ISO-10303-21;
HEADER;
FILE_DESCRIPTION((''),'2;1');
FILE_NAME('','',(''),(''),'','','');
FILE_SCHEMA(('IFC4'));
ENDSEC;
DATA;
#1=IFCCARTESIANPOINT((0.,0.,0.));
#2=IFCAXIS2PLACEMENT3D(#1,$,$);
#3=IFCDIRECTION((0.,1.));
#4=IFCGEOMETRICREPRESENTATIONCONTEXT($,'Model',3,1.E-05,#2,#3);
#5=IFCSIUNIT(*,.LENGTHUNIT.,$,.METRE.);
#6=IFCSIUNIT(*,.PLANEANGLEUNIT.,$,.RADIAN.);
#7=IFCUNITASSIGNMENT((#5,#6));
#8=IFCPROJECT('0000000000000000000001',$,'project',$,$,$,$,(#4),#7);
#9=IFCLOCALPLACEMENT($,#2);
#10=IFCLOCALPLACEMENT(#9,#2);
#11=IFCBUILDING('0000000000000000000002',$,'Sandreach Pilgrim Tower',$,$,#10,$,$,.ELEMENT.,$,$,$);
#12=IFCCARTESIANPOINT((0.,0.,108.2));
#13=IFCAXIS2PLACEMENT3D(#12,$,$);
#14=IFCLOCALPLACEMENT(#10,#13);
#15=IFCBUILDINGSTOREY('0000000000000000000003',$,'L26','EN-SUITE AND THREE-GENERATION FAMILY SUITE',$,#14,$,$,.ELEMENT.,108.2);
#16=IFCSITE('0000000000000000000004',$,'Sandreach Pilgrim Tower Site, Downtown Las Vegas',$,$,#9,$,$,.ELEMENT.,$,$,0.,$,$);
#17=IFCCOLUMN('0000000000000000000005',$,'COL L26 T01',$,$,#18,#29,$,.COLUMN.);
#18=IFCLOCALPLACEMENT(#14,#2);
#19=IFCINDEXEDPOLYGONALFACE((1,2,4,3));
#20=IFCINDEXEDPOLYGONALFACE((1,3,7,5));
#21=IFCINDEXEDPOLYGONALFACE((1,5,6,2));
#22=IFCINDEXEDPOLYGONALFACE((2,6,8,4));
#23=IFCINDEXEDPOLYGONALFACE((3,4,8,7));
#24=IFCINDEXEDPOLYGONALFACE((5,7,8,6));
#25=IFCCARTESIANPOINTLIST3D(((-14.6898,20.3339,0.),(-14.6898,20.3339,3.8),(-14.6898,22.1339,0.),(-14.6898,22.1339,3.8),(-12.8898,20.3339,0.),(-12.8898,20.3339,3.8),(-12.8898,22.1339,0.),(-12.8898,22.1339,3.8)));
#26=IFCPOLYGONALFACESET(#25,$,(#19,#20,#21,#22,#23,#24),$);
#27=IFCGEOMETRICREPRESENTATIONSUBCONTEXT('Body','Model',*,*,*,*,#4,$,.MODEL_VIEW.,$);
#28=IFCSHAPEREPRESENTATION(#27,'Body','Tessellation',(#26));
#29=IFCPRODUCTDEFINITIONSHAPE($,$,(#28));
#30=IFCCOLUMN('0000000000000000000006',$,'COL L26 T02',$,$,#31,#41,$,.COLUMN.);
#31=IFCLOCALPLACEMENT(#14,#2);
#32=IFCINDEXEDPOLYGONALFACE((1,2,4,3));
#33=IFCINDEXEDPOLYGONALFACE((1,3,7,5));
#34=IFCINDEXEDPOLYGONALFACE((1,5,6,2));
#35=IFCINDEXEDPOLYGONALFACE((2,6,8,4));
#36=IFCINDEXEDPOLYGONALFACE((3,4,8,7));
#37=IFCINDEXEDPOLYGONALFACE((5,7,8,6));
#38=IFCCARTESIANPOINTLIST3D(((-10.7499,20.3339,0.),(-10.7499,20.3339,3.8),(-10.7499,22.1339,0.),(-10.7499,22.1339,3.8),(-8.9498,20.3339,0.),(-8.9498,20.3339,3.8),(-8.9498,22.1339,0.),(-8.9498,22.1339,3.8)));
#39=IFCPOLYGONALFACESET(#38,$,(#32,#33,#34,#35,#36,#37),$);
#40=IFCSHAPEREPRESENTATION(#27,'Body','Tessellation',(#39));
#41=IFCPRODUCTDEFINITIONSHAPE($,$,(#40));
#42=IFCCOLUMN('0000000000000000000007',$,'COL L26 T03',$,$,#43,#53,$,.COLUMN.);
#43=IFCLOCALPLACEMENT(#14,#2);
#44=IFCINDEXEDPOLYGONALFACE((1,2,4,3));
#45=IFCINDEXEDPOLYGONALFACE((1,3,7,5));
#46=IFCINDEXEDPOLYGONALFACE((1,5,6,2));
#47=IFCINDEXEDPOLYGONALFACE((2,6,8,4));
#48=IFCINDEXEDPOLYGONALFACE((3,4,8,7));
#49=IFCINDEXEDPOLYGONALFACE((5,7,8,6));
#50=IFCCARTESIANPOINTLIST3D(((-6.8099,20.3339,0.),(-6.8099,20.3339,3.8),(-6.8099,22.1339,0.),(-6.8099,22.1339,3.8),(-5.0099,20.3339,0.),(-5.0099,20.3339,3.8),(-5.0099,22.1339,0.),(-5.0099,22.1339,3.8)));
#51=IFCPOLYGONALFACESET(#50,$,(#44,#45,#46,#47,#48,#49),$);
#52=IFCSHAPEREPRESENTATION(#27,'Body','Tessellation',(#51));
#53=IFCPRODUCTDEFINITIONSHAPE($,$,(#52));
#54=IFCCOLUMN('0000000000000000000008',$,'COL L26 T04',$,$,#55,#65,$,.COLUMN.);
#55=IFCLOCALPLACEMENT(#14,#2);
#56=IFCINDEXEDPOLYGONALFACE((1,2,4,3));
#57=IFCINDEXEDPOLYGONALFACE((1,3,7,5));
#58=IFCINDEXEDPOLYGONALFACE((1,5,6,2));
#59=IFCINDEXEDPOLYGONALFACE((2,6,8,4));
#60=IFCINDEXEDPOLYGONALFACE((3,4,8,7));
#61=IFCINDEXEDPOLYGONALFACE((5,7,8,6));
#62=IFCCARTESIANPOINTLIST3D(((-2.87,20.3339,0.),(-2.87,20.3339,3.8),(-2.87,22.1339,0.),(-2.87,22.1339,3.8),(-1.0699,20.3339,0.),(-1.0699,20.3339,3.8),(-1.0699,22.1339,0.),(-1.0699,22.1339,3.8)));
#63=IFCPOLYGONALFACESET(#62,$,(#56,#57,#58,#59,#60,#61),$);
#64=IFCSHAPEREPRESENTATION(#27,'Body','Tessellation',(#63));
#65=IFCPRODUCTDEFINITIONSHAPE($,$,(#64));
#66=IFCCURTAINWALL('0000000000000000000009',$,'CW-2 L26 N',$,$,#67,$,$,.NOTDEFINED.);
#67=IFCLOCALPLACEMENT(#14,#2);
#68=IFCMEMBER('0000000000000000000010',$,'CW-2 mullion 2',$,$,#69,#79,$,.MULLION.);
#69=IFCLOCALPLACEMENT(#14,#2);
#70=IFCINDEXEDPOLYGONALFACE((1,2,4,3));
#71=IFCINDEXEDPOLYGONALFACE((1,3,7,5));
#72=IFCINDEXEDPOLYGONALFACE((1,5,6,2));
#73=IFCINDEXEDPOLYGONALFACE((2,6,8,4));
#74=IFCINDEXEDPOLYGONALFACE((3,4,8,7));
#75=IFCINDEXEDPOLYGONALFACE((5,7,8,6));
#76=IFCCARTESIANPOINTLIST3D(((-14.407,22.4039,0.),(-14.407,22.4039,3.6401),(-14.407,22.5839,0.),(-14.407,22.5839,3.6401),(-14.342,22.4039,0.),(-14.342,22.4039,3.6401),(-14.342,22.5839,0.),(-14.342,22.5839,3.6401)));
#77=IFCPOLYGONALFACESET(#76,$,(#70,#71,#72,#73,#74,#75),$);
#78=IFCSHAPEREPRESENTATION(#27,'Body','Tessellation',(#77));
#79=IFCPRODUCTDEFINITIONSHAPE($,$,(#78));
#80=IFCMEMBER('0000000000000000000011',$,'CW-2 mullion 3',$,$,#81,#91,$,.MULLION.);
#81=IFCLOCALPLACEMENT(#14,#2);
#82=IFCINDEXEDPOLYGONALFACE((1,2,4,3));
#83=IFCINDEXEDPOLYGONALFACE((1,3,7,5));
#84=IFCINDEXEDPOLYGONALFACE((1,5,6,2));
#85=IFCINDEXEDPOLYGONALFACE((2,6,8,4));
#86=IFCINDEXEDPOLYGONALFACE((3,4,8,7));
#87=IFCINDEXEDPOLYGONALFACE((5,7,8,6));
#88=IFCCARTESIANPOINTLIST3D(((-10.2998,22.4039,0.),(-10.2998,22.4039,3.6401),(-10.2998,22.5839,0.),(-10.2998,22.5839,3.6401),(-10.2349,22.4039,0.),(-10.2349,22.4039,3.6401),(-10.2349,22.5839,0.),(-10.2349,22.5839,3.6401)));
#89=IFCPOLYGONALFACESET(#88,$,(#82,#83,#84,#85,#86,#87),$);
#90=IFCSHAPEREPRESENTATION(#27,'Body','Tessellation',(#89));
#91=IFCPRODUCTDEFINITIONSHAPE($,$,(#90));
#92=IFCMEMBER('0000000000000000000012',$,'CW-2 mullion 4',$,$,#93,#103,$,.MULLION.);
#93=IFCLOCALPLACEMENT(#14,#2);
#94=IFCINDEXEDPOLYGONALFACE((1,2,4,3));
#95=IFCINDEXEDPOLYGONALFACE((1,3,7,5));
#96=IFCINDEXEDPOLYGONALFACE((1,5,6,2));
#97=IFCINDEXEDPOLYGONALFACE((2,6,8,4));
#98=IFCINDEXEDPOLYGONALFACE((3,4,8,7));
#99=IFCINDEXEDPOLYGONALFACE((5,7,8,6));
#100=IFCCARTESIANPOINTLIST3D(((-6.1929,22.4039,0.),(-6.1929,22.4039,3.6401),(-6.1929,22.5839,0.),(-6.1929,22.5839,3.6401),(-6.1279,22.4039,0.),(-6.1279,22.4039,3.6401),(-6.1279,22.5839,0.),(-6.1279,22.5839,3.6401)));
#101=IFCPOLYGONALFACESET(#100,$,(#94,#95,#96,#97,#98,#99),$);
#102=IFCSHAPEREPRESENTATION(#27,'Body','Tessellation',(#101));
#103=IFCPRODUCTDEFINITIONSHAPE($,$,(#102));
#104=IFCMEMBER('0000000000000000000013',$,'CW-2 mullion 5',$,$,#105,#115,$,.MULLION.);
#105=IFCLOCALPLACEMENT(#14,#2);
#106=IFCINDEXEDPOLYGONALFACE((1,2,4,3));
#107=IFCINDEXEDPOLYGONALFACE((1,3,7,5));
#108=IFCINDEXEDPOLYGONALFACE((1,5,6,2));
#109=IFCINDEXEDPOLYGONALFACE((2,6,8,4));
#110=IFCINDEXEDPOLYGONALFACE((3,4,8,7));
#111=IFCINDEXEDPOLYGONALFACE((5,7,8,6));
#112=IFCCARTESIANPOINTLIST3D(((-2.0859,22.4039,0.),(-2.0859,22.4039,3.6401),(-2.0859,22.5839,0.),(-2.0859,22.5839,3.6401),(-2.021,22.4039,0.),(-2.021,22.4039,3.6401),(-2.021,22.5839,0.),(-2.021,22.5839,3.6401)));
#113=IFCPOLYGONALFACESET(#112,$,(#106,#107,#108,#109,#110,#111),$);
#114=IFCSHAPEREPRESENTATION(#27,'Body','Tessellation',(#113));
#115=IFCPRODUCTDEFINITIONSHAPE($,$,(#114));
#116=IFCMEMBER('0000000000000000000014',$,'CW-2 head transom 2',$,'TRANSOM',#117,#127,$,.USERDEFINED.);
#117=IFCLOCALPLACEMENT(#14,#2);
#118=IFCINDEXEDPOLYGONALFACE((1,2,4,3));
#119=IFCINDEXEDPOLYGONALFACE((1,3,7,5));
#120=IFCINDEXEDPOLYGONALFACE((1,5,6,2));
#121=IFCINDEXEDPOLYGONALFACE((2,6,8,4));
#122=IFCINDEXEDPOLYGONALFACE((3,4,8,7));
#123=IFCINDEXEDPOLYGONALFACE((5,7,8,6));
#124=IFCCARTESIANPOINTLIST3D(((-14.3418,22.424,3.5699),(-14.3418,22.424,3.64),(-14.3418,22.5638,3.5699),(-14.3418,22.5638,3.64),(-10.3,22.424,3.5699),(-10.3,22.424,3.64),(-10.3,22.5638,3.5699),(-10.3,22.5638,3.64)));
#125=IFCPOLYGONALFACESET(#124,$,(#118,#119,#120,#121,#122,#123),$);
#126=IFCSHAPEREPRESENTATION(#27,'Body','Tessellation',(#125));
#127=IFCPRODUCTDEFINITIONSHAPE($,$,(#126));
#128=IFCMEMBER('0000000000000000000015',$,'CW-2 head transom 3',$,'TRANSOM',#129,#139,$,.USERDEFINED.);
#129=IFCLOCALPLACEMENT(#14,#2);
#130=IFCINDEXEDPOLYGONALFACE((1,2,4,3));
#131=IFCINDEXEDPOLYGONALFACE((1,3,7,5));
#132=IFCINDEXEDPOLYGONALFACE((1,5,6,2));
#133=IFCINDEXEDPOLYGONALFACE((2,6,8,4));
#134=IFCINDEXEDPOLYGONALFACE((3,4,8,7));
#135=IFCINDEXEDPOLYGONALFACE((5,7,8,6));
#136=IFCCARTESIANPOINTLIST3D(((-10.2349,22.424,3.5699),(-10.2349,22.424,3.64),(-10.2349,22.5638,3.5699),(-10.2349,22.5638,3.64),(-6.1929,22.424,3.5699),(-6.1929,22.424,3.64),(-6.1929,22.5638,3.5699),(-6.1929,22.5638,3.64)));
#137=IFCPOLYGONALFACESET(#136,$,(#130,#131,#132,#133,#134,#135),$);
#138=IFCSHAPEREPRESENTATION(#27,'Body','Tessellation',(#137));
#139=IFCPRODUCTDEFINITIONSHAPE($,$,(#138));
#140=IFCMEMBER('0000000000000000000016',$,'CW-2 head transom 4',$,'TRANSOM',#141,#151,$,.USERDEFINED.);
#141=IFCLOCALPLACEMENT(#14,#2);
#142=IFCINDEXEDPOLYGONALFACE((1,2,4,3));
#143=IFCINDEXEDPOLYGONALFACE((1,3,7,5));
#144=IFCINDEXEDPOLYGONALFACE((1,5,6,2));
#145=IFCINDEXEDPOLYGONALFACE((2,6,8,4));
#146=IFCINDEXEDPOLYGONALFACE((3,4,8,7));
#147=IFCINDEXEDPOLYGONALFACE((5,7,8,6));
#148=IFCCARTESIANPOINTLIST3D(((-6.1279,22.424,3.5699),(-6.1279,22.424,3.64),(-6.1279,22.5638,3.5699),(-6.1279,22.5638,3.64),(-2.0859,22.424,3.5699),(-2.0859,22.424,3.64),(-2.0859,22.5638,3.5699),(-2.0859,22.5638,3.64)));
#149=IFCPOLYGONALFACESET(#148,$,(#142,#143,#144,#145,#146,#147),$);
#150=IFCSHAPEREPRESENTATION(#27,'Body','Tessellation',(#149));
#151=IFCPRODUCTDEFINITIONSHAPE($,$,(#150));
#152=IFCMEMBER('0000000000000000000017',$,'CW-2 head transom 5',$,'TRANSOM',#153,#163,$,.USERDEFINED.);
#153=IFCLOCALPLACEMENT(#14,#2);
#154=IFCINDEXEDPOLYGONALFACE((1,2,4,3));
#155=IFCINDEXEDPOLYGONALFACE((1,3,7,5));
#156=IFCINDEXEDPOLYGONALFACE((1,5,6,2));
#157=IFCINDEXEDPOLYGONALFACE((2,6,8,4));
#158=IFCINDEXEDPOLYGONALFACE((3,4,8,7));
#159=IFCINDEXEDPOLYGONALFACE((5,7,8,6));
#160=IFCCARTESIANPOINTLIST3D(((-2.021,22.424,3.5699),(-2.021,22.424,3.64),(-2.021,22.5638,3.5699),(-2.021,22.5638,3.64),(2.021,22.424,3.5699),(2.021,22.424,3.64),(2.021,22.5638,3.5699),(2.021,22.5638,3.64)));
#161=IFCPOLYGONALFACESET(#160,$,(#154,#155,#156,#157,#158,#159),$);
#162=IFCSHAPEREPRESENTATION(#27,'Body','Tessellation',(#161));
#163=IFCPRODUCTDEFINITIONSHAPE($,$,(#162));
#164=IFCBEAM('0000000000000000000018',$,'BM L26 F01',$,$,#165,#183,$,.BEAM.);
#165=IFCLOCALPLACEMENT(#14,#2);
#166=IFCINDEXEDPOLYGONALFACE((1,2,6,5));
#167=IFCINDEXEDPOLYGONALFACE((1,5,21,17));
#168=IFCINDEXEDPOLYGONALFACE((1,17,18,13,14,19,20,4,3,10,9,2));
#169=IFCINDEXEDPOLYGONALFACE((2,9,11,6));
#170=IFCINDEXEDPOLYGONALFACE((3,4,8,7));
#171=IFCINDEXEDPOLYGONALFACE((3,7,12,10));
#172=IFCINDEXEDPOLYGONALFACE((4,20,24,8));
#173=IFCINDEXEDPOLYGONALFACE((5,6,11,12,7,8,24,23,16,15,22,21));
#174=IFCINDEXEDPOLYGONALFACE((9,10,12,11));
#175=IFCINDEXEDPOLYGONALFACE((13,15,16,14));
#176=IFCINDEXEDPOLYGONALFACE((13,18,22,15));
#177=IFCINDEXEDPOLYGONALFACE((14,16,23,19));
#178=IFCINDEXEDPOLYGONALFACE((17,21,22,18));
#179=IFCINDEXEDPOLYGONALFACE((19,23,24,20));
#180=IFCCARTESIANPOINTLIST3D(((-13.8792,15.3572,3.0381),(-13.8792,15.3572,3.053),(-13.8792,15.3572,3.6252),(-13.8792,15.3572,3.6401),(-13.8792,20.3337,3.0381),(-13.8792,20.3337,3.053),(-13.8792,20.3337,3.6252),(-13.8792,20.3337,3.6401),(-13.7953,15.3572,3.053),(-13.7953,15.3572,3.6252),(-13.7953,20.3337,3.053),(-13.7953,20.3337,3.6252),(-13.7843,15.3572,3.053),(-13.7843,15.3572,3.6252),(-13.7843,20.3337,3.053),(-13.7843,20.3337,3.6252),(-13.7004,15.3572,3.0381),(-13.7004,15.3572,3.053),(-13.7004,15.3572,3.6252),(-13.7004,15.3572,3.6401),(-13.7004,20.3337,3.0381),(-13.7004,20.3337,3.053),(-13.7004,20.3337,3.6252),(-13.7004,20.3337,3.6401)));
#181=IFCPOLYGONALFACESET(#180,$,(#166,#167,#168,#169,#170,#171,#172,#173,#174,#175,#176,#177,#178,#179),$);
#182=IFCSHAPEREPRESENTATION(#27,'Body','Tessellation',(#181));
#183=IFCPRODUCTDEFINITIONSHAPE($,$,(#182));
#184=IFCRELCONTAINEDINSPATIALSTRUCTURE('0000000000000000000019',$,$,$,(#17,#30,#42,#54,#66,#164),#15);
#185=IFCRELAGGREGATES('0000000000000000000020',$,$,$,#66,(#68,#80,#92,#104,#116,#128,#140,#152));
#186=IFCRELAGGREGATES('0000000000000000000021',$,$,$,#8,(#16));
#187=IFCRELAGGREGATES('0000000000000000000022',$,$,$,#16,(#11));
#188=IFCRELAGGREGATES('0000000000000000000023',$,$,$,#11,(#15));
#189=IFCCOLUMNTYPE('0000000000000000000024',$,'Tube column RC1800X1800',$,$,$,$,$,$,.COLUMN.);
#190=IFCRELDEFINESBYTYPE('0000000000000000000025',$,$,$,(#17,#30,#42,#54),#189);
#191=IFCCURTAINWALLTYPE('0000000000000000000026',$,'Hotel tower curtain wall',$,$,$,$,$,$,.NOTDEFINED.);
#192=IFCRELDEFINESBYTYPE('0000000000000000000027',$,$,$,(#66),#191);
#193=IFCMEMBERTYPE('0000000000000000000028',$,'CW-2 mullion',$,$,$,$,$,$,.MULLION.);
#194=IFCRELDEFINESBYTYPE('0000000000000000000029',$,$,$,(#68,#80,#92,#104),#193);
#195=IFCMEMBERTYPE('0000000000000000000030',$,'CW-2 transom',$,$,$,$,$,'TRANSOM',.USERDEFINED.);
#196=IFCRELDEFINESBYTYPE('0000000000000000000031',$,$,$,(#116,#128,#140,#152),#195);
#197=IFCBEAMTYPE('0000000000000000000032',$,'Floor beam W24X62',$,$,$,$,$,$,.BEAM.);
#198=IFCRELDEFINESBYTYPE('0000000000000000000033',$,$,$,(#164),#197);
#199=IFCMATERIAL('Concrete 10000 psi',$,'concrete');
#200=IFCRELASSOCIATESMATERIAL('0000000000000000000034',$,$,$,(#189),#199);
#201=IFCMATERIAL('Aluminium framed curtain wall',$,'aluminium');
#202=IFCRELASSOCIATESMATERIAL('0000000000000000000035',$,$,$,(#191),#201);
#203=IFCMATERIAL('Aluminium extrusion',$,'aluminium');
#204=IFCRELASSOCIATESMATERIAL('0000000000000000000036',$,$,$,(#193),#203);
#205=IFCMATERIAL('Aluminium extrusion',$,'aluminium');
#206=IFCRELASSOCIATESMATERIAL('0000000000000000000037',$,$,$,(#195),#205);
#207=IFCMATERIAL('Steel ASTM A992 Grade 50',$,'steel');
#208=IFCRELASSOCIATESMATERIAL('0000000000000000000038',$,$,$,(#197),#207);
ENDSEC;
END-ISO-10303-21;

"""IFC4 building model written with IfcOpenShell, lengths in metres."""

from ifc_helpers import new_model, si_unit, direction, frame, origin, origin_2d, place, context, subcontext, project, spatial, rectangle, i_section, extrude, material, material_profile, profile_set, type_object, element, aggregate, save


model = new_model("IFC4")

# Units and contexts
model_context = context("Model", 3, precision=1e-05, world=origin(), true_north=direction((0.0, 1.0)))
body_context = subcontext(model_context, "Body", "Model", "MODEL_VIEW")
ifc_project = project(units=[si_unit("LENGTHUNIT", "METRE"), si_unit("PLANEANGLEUNIT", "RADIAN")], contexts=[model_context])

# Site, building, storey
site_placement = place(None, origin())
site = spatial("IfcSite", under=ifc_project, at=site_placement, Name="Sandreach Pilgrim Tower Site, Downtown Las Vegas", CompositionType="ELEMENT", RefElevation=0.0)
building_placement = place(site_placement, origin())
building = spatial("IfcBuilding", under=site, at=building_placement, Name="Sandreach Pilgrim Tower", CompositionType="ELEMENT")
storey_placement = place(building_placement, frame((0.0, 0.0, 108.2)))
storey = spatial("IfcBuildingStorey", under=building, at=storey_placement, Name="L26", Description="EN-SUITE AND THREE-GENERATION FAMILY SUITE", CompositionType="ELEMENT", Elevation=108.2)

# Columns
ifc_material_1 = material(Name="Concrete 10000 psi", Category="concrete")
ifc_material_profile_1 = material_profile(ifc_material_1, rectangle(XDim=1.8, YDim=1.8, at=origin_2d()), Name="RC1800X1800")
ifc_profile_set_1 = profile_set([ifc_material_profile_1], Name="Concrete 10000 psi")
column_type = type_object("IfcColumnType", Name="Tube column RC1800X1800", PredefinedType="COLUMN", material=ifc_profile_set_1)
for number, where, z_axis, x_axis, name in (
    (1, (-13.7898, 21.2339, 0.0), (0.0, 0.0, 1.0), (0.0, 1.0, 0.0), "COL L26 T01"),
    (2, (-9.8499, 21.2339, 0.0), (0.0, 0.0, 1.0), (0.0, 1.0, 0.0), "COL L26 T02"),
    (3, (-5.9099, 21.2339, 0.0), (0.0, 0.0, 1.0), (0.0, 1.0, 0.0), "COL L26 T03"),
    (4, (-1.97, 21.2339, 0.0), (0.0, 0.0, 1.0), (0.0, 1.0, 0.0), "COL L26 T04"),
):
    element("IfcColumn", number, at=place(storey_placement, frame(where, z_axis=z_axis, x_axis=x_axis)), inside=storey, type_object=column_type, Name=name, PredefinedType="COLUMN", context=body_context, shape_type="SweptSolid", body=[
        extrude(rectangle(XDim=1.8, YDim=1.8, at=origin_2d()), origin(), (0.0, 0.0, 1.0), 3.8),
    ])

# Curtain wall, members
ifc_material_2 = material(Name="Aluminium framed curtain wall", Category="aluminium")
curtain_wall_type = type_object("IfcCurtainWallType", Name="Hotel tower curtain wall", PredefinedType="NOTDEFINED", material=ifc_material_2)
curtain_wall_placement = place(storey_placement, origin())
curtain_wall = element("IfcCurtainWall", 5, at=curtain_wall_placement, inside=storey, type_object=curtain_wall_type, Name="CW-2 L26 N", PredefinedType="NOTDEFINED")
ifc_material_3 = material(Name="Aluminium extrusion", Category="aluminium")
ifc_material_profile_2 = material_profile(ifc_material_3, rectangle(XDim=0.0649, YDim=0.1799, at=origin_2d()), Name="CW-2M 65X180")
ifc_profile_set_2 = profile_set([ifc_material_profile_2], Name="Aluminium extrusion")
member_type_1 = type_object("IfcMemberType", Name="CW-2 mullion", PredefinedType="MULLION", material=ifc_profile_set_2)
member_1_placement = place(storey_placement, frame((-14.3745, 22.4939, 0.0), z_axis=(0.0, 0.0, 1.0), x_axis=(1.0, 0.0, 0.0)))
member_1 = element("IfcMember", 6, at=member_1_placement, type_object=member_type_1, Name="CW-2 mullion 2", PredefinedType="MULLION", context=body_context, shape_type="SweptSolid", body=[
    extrude(rectangle(XDim=0.0649, YDim=0.1799, at=origin_2d()), origin(), (0.0, 0.0, 1.0), 3.6401),
])
member_2_placement = place(storey_placement, frame((-10.2673, 22.4939, 0.0), z_axis=(0.0, 0.0, 1.0), x_axis=(1.0, 0.0, 0.0)))
member_2 = element("IfcMember", 7, at=member_2_placement, type_object=member_type_1, Name="CW-2 mullion 3", PredefinedType="MULLION", context=body_context, shape_type="SweptSolid", body=[
    extrude(rectangle(XDim=0.0649, YDim=0.1799, at=origin_2d()), origin(), (0.0, 0.0, 1.0), 3.6401),
])
member_3_placement = place(storey_placement, frame((-6.1604, 22.4939, 0.0), z_axis=(0.0, 0.0, 1.0), x_axis=(1.0, 0.0, 0.0)))
member_3 = element("IfcMember", 8, at=member_3_placement, type_object=member_type_1, Name="CW-2 mullion 4", PredefinedType="MULLION", context=body_context, shape_type="SweptSolid", body=[
    extrude(rectangle(XDim=0.0649, YDim=0.1799, at=origin_2d()), origin(), (0.0, 0.0, 1.0), 3.6401),
])
member_4_placement = place(storey_placement, frame((-2.0535, 22.4939, 0.0), z_axis=(0.0, 0.0, 1.0), x_axis=(1.0, 0.0, 0.0)))
member_4 = element("IfcMember", 9, at=member_4_placement, type_object=member_type_1, Name="CW-2 mullion 5", PredefinedType="MULLION", context=body_context, shape_type="SweptSolid", body=[
    extrude(rectangle(XDim=0.0649, YDim=0.1799, at=origin_2d()), origin(), (0.0, 0.0, 1.0), 3.6401),
])
ifc_material_4 = material(Name="Aluminium extrusion", Category="aluminium")
ifc_material_profile_3 = material_profile(ifc_material_4, rectangle(XDim=0.1399, YDim=0.0701, at=origin_2d()), Name="CW-2T 140X70")
ifc_profile_set_3 = profile_set([ifc_material_profile_3], Name="Aluminium extrusion")
member_type_2 = type_object("IfcMemberType", Name="CW-2 transom", ElementType="TRANSOM", PredefinedType="USERDEFINED", material=ifc_profile_set_3)
member_5_placement = place(storey_placement, frame((-14.3418, 22.4939, 3.605), z_axis=(1.0, 0.0, 0.0), x_axis=(0.0, 1.0, 0.0)))
member_5 = element("IfcMember", 10, at=member_5_placement, type_object=member_type_2, Name="CW-2 head transom 2", ObjectType="TRANSOM", PredefinedType="USERDEFINED", context=body_context, shape_type="SweptSolid", body=[
    extrude(rectangle(XDim=0.1399, YDim=0.0701, at=origin_2d()), origin(), (0.0, 0.0, 1.0), 4.0417),
])
member_6_placement = place(storey_placement, frame((-10.2349, 22.4939, 3.605), z_axis=(1.0, 0.0, 0.0), x_axis=(0.0, 1.0, 0.0)))
member_6 = element("IfcMember", 11, at=member_6_placement, type_object=member_type_2, Name="CW-2 head transom 3", ObjectType="TRANSOM", PredefinedType="USERDEFINED", context=body_context, shape_type="SweptSolid", body=[
    extrude(rectangle(XDim=0.1399, YDim=0.0701, at=origin_2d()), origin(), (0.0, 0.0, 1.0), 4.042),
])
member_7_placement = place(storey_placement, frame((-6.1279, 22.4939, 3.605), z_axis=(1.0, 0.0, 0.0), x_axis=(0.0, 1.0, 0.0)))
member_7 = element("IfcMember", 12, at=member_7_placement, type_object=member_type_2, Name="CW-2 head transom 4", ObjectType="TRANSOM", PredefinedType="USERDEFINED", context=body_context, shape_type="SweptSolid", body=[
    extrude(rectangle(XDim=0.1399, YDim=0.0701, at=origin_2d()), origin(), (0.0, 0.0, 1.0), 4.042),
])
member_8_placement = place(storey_placement, frame((-2.021, 22.4939, 3.605), z_axis=(1.0, 0.0, 0.0), x_axis=(0.0, 1.0, 0.0)))
member_8 = element("IfcMember", 13, at=member_8_placement, type_object=member_type_2, Name="CW-2 head transom 5", ObjectType="TRANSOM", PredefinedType="USERDEFINED", context=body_context, shape_type="SweptSolid", body=[
    extrude(rectangle(XDim=0.1399, YDim=0.0701, at=origin_2d()), origin(), (0.0, 0.0, 1.0), 4.042),
])

# Beam
ifc_material_5 = material(Name="Steel ASTM A992 Grade 50", Category="steel")
ifc_material_profile_4 = material_profile(ifc_material_5, i_section(OverallWidth=0.1787, OverallDepth=0.6021, WebThickness=0.011, FlangeThickness=0.0149, at=origin_2d()), Name="W24X62")
ifc_profile_set_4 = profile_set([ifc_material_profile_4], Name="Steel ASTM A992 Grade 50")
beam_type_1 = type_object("IfcBeamType", Name="Floor beam W24X62", PredefinedType="BEAM", material=ifc_profile_set_4)
beam_1_placement = place(storey_placement, frame((-13.7898, 20.3337, 3.3391), z_axis=(0.0, -1.0, 0.0), x_axis=(1.0, 0.0, 0.0)))
element("IfcBeam", 14, at=beam_1_placement, inside=storey, type_object=beam_type_1, Name="BM L26 F01", PredefinedType="BEAM", context=body_context, shape_type="SweptSolid", body=[
    extrude(i_section(OverallWidth=0.1787, OverallDepth=0.6021, WebThickness=0.011, FlangeThickness=0.0149, at=origin_2d()), origin(), (0.0, 0.0, 1.0), 4.9766),
])

aggregate(curtain_wall, [member_1, member_2, member_3, member_4, member_5, member_6, member_7, member_8])

save(model, "model.ifc")
